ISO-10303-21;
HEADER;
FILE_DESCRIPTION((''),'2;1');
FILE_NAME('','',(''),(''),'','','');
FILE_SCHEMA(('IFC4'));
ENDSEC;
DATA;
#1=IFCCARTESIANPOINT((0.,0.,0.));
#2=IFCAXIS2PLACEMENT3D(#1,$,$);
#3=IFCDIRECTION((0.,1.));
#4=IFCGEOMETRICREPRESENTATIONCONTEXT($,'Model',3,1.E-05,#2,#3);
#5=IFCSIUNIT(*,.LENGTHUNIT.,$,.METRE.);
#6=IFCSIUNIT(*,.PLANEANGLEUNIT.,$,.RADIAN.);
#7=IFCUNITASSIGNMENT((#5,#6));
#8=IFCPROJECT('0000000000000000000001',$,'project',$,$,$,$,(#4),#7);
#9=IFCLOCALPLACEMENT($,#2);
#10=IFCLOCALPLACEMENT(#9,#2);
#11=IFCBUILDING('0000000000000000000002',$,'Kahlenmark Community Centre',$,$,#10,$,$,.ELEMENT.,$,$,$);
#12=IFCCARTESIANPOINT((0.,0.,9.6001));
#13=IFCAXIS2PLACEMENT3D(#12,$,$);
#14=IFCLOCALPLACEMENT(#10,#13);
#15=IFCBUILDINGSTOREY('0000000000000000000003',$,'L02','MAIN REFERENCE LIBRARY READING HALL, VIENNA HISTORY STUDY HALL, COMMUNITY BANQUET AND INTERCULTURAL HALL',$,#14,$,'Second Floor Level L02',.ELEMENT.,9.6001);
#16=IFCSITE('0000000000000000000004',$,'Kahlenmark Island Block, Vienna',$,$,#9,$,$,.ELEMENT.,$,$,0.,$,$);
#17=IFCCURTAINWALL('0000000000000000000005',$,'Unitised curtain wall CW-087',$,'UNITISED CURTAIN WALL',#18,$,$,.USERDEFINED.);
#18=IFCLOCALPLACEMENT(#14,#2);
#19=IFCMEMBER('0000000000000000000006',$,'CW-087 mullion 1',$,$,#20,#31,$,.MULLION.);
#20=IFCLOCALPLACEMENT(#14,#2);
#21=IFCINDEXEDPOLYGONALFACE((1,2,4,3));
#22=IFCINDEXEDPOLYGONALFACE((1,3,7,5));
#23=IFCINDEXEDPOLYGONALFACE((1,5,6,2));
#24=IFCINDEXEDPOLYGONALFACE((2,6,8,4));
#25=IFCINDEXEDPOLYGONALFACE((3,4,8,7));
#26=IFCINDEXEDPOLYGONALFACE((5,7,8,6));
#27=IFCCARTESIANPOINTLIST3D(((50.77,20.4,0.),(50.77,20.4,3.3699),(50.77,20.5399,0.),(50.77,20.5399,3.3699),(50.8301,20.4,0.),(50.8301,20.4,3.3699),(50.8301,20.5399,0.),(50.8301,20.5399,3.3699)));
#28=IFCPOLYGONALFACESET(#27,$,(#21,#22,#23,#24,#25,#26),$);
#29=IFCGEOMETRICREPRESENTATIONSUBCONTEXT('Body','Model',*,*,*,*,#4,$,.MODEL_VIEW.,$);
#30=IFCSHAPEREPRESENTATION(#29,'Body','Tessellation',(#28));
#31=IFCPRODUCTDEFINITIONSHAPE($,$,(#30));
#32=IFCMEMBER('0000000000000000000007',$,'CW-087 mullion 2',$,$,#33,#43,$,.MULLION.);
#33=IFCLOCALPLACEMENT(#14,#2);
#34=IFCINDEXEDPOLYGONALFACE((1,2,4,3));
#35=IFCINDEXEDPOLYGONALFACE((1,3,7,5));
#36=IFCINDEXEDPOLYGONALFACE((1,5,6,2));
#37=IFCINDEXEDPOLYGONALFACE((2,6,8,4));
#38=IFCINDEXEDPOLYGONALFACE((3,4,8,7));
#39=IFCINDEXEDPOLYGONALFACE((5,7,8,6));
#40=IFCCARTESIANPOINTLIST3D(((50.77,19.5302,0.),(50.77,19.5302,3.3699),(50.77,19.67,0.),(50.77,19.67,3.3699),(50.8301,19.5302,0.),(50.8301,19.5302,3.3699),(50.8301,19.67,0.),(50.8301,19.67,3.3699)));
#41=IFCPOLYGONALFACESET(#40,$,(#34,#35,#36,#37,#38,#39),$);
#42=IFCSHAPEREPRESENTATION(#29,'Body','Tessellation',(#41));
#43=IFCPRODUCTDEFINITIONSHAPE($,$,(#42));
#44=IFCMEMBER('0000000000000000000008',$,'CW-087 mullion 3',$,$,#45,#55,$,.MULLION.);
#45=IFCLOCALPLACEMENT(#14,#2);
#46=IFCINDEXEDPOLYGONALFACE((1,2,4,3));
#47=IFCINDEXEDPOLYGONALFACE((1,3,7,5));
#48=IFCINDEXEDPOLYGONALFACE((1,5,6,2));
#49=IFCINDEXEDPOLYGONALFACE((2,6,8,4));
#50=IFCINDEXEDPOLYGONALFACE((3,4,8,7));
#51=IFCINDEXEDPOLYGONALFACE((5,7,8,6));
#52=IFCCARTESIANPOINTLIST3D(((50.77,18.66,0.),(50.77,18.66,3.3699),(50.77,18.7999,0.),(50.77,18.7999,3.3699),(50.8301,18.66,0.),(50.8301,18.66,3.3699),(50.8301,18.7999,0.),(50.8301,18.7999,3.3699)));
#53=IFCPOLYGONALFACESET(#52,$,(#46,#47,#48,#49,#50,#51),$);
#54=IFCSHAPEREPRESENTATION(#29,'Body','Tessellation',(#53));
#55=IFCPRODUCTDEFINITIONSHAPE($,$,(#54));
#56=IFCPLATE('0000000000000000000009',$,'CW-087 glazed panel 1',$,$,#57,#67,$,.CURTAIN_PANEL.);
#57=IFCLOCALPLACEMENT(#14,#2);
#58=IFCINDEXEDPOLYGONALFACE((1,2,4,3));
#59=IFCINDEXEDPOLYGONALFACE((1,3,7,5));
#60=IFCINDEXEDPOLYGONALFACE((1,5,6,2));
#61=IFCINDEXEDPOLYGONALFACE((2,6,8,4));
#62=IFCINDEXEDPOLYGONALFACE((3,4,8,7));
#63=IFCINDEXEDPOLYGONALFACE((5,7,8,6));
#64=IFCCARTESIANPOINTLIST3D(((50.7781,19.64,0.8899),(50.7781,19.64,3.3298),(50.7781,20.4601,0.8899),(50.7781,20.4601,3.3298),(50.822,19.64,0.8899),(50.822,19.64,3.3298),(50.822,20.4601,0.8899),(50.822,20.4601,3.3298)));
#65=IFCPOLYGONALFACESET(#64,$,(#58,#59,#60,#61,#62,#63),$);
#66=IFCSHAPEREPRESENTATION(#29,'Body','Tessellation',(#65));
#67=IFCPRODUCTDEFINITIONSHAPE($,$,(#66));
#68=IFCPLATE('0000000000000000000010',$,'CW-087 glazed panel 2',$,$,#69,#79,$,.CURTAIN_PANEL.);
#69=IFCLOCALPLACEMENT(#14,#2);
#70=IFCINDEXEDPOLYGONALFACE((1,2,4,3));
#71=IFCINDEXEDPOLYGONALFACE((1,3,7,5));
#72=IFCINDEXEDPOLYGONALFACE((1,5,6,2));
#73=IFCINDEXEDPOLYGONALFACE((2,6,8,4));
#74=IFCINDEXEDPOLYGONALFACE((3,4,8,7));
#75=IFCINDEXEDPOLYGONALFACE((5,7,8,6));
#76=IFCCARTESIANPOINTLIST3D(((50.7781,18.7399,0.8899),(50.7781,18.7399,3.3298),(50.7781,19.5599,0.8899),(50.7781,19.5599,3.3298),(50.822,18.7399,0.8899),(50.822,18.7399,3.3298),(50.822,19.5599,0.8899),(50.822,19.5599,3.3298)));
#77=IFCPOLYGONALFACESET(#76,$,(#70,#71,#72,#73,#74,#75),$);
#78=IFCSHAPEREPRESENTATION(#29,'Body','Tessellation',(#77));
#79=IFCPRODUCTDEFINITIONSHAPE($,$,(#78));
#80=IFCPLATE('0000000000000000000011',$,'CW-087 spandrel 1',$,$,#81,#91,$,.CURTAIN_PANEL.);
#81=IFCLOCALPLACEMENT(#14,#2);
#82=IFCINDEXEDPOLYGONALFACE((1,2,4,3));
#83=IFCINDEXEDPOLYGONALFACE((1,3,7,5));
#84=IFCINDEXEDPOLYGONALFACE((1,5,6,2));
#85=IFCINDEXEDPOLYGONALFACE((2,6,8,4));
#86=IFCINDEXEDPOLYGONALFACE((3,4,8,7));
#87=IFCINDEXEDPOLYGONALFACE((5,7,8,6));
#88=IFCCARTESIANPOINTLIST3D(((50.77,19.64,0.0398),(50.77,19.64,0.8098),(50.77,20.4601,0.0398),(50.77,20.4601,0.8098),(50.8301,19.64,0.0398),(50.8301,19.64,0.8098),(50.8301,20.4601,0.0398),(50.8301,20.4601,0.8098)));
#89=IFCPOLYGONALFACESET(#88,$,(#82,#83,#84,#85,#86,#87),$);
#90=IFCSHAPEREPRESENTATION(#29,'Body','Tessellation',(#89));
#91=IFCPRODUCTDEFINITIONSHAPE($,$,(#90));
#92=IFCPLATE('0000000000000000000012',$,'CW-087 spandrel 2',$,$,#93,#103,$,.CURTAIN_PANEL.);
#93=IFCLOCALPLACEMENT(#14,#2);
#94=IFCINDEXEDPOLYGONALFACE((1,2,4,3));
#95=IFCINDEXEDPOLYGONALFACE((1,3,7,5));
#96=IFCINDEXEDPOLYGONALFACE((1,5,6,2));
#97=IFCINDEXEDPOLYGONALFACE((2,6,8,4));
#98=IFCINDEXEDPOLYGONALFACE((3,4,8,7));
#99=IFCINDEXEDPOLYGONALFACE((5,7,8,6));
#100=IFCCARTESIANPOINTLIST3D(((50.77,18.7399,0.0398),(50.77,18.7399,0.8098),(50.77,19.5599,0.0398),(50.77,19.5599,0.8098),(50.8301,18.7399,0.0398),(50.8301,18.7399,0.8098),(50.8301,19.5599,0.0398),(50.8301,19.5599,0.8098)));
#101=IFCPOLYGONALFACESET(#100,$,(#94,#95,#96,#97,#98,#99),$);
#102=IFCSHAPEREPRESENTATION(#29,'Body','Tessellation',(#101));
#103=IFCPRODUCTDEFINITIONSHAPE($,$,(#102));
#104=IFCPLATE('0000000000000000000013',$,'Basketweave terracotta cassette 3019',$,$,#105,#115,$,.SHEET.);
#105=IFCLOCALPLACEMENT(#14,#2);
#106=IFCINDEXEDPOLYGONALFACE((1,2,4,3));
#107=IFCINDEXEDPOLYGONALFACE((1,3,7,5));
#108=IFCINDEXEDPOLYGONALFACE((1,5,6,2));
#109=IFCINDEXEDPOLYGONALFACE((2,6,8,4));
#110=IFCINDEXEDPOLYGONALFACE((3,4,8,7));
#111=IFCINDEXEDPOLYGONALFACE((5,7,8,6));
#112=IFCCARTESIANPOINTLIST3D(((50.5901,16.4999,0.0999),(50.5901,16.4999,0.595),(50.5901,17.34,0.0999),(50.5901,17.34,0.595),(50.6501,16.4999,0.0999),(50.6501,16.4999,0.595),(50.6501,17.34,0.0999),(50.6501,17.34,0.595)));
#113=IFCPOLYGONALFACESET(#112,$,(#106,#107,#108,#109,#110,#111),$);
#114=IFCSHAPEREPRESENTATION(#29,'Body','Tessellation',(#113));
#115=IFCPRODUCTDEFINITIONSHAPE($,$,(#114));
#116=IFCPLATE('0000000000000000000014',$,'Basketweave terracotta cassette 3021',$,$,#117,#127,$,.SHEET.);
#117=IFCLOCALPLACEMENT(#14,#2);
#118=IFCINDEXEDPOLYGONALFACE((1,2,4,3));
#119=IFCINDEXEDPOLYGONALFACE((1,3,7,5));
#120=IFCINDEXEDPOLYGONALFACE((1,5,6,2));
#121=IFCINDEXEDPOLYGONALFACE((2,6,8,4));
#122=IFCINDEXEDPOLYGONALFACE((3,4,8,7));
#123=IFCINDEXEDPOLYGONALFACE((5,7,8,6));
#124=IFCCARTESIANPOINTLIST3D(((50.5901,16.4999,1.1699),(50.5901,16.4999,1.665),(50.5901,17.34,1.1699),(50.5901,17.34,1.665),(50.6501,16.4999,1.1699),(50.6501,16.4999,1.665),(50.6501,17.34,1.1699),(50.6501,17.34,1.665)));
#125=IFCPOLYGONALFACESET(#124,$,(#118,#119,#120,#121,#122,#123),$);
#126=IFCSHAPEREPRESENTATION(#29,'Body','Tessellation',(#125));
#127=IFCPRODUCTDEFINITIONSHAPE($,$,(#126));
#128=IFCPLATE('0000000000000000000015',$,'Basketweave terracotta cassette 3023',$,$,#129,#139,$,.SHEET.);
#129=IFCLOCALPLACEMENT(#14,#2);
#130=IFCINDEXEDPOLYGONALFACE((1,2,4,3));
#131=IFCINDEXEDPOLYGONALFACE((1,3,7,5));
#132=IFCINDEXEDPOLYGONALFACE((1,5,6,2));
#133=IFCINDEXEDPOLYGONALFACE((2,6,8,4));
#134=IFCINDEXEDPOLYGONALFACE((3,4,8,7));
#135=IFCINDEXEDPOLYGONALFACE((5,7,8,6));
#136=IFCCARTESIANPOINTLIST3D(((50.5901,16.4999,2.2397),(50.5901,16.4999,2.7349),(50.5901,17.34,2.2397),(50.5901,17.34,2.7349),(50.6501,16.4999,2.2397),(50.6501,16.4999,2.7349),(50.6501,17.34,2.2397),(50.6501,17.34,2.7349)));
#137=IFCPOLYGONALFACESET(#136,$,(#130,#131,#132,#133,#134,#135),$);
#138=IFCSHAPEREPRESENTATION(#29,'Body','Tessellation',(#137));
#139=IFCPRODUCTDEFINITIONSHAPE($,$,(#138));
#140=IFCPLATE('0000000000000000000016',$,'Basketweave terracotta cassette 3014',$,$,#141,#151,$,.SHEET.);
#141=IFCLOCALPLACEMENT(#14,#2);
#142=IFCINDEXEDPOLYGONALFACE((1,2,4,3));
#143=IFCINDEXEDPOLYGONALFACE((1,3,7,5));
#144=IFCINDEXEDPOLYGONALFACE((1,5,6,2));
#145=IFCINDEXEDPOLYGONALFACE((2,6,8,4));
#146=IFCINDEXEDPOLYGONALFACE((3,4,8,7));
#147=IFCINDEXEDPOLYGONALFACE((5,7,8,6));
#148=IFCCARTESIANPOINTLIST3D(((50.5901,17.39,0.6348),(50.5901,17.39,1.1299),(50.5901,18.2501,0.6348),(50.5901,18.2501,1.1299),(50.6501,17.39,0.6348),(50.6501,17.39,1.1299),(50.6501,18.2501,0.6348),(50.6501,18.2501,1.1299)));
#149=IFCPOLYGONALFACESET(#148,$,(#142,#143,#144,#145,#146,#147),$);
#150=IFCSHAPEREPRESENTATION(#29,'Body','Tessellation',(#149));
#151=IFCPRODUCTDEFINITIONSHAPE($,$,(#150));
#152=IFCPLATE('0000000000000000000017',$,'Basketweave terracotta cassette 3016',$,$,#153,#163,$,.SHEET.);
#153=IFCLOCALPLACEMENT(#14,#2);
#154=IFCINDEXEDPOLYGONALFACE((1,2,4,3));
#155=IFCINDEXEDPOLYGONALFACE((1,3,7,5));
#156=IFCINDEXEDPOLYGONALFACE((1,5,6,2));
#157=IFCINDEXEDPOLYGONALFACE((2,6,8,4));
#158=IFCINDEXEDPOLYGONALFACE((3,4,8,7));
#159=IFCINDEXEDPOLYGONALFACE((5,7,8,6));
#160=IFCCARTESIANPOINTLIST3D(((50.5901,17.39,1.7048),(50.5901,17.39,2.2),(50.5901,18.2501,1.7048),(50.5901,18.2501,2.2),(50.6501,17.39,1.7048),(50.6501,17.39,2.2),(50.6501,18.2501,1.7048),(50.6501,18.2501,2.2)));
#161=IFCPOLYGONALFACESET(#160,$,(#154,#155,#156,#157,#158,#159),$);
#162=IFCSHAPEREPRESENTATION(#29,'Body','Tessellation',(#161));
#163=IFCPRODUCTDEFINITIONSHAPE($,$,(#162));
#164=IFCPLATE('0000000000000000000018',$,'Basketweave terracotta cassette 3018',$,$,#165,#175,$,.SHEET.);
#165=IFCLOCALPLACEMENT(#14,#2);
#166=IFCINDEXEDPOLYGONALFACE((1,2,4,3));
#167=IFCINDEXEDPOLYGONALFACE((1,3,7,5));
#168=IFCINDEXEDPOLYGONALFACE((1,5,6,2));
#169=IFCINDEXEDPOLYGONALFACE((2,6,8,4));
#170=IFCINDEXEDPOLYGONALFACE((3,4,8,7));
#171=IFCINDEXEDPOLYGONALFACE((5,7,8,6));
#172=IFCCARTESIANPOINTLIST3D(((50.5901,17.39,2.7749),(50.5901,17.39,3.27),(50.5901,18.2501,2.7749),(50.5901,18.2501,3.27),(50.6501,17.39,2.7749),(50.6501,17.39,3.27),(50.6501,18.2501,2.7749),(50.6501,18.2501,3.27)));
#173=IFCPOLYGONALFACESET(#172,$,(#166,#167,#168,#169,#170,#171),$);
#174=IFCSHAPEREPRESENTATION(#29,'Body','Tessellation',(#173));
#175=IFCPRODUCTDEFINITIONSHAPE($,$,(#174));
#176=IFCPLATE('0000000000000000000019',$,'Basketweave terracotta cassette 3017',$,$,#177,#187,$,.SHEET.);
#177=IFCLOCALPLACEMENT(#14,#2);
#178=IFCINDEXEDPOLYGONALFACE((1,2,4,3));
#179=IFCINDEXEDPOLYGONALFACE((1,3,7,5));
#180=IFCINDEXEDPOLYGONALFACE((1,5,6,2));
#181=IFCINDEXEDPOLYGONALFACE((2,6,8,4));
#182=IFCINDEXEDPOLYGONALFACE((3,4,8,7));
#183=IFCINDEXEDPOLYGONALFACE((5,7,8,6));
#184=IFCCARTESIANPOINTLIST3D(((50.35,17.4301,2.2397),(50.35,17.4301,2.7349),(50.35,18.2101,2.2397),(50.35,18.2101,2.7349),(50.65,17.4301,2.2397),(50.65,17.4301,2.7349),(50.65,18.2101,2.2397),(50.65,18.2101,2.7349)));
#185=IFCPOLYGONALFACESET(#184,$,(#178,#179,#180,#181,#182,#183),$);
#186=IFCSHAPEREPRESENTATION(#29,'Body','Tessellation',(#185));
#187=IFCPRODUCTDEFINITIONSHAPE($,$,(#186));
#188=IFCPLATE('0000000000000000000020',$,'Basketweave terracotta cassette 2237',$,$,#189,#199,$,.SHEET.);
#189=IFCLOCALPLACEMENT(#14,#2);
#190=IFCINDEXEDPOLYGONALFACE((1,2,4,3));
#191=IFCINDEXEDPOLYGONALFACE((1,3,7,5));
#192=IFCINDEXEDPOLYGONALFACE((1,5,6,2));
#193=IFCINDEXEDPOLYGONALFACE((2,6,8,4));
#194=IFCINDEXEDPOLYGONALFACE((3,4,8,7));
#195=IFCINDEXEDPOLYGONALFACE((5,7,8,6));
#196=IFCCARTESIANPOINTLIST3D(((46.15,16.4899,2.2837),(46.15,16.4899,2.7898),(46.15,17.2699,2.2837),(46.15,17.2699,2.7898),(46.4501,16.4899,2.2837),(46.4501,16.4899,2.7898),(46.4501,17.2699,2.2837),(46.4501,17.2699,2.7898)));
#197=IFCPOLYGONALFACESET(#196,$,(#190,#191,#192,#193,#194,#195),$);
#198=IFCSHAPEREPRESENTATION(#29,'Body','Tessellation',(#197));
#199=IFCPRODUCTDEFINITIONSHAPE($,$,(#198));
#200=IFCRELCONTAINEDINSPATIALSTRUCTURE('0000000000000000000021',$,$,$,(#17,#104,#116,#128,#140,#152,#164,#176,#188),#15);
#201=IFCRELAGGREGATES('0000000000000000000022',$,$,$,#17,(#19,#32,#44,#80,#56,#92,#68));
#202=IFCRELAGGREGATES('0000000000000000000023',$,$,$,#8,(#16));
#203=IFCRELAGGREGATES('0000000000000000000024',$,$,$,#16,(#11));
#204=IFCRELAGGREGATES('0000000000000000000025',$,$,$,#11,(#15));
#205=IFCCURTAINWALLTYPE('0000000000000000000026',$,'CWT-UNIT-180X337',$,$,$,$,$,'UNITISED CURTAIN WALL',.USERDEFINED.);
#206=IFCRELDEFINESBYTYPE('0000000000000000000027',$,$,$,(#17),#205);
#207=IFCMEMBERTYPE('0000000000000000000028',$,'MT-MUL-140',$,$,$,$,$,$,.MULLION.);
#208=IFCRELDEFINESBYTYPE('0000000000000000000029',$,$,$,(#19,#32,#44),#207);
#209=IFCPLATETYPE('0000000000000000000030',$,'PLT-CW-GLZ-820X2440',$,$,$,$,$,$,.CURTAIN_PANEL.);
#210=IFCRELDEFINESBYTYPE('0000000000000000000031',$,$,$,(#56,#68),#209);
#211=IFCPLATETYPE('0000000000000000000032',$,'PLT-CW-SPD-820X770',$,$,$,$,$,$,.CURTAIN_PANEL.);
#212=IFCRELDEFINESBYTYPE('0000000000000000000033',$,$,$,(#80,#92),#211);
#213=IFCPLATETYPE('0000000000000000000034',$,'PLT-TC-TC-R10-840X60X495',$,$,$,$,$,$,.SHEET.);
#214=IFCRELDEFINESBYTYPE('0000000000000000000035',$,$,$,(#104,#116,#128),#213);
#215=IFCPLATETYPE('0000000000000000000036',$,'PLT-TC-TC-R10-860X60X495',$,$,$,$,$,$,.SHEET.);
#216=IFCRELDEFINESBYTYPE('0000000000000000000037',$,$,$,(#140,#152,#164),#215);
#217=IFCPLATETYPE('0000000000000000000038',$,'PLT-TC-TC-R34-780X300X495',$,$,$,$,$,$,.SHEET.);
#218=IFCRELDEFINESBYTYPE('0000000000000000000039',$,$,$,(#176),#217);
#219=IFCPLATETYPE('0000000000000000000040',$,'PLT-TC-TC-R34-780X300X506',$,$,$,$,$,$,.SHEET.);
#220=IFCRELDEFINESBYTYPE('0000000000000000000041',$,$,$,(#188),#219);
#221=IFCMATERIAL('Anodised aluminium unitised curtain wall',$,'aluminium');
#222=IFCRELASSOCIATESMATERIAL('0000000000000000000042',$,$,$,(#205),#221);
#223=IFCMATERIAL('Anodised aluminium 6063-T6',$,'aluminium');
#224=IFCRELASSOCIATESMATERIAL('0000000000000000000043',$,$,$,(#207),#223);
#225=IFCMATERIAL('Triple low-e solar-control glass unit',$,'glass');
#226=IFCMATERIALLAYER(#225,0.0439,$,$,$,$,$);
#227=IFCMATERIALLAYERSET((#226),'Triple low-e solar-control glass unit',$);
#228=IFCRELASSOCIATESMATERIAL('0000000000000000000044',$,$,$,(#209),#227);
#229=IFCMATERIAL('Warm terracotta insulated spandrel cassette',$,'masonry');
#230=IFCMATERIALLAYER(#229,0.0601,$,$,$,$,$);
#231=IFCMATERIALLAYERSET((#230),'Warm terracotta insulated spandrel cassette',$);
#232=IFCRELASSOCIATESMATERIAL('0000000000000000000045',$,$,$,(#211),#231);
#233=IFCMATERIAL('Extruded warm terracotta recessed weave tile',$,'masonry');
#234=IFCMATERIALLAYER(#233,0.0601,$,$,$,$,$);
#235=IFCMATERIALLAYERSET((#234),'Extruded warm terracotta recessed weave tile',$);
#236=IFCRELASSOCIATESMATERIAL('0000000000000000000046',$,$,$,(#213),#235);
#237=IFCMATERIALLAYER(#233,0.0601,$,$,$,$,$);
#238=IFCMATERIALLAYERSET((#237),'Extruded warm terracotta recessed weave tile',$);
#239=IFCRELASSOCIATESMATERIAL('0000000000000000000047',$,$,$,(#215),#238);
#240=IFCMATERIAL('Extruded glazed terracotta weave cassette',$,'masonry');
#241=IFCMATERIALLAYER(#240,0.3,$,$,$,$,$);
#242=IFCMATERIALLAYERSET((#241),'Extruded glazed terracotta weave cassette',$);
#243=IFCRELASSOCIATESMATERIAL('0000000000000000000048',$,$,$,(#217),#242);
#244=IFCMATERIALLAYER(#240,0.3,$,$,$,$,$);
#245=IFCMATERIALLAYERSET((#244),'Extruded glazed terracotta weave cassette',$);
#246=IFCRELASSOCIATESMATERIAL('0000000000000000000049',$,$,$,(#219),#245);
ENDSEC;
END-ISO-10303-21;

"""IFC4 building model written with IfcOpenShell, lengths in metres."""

from ifc_helpers import new_model, si_unit, direction, frame, origin, origin_2d, place, context, subcontext, project, spatial, rectangle, extrude, material, layer, layer_set, material_profile, profile_set, type_object, element, aggregate, save


model = new_model("IFC4")

# Units and contexts
model_context = context("Model", 3, precision=1e-05, world=origin(), true_north=direction((0.0, 1.0)))
body_context = subcontext(model_context, "Body", "Model", "MODEL_VIEW")
ifc_project = project(units=[si_unit("LENGTHUNIT", "METRE"), si_unit("PLANEANGLEUNIT", "RADIAN")], contexts=[model_context])

# Site, building, storey
site_placement = place(None, origin())
site = spatial("IfcSite", under=ifc_project, at=site_placement, Name="Kahlenmark Island Block, Vienna", CompositionType="ELEMENT", RefElevation=0.0)
building_placement = place(site_placement, origin())
building = spatial("IfcBuilding", under=site, at=building_placement, Name="Kahlenmark Community Centre", CompositionType="ELEMENT")
storey_placement = place(building_placement, frame((0.0, 0.0, 9.6001)))
storey = spatial("IfcBuildingStorey", under=building, at=storey_placement, Name="L02", Description="MAIN REFERENCE LIBRARY READING HALL, VIENNA HISTORY STUDY HALL, COMMUNITY BANQUET AND INTERCULTURAL HALL", LongName="Second Floor Level L02", CompositionType="ELEMENT", Elevation=9.6001)

# Curtain wall, members, plates
ifc_material_1 = material(Name="Anodised aluminium unitised curtain wall", Category="aluminium")
curtain_wall_type = type_object("IfcCurtainWallType", Name="CWT-UNIT-180X337", ElementType="UNITISED CURTAIN WALL", PredefinedType="USERDEFINED", material=ifc_material_1)
curtain_wall_placement = place(storey_placement, origin())
curtain_wall = element("IfcCurtainWall", 1, at=curtain_wall_placement, inside=storey, type_object=curtain_wall_type, Name="Unitised curtain wall CW-087", ObjectType="UNITISED CURTAIN WALL", PredefinedType="USERDEFINED")
ifc_material_2 = material(Name="Anodised aluminium 6063-T6", Category="aluminium")
ifc_material_profile = material_profile(ifc_material_2, rectangle(XDim=0.0601, YDim=0.1399, at=origin_2d()), Name="ALU MULLION 60x140")
ifc_profile_set = profile_set([ifc_material_profile], Name="Anodised aluminium 6063-T6")
member_type = type_object("IfcMemberType", Name="MT-MUL-140", PredefinedType="MULLION", material=ifc_profile_set)
member_1_placement = place(storey_placement, frame((50.8, 20.47, 0.0), z_axis=(0.0, 0.0, 1.0), x_axis=(1.0, 0.0, 0.0)))
member_1 = element("IfcMember", 2, at=member_1_placement, type_object=member_type, Name="CW-087 mullion 1", PredefinedType="MULLION", context=body_context, shape_type="SweptSolid", body=[
    extrude(rectangle(XDim=0.0601, YDim=0.1399, at=origin_2d()), origin(), (0.0, 0.0, 1.0), 3.3699),
])
member_2_placement = place(storey_placement, frame((50.8, 19.6001, 0.0), z_axis=(0.0, 0.0, 1.0), x_axis=(1.0, 0.0, 0.0)))
member_2 = element("IfcMember", 3, at=member_2_placement, type_object=member_type, Name="CW-087 mullion 2", PredefinedType="MULLION", context=body_context, shape_type="SweptSolid", body=[
    extrude(rectangle(XDim=0.0601, YDim=0.1399, at=origin_2d()), origin(), (0.0, 0.0, 1.0), 3.3699),
])
member_3_placement = place(storey_placement, frame((50.8, 18.73, 0.0), z_axis=(0.0, 0.0, 1.0), x_axis=(1.0, 0.0, 0.0)))
member_3 = element("IfcMember", 4, at=member_3_placement, type_object=member_type, Name="CW-087 mullion 3", PredefinedType="MULLION", context=body_context, shape_type="SweptSolid", body=[
    extrude(rectangle(XDim=0.0601, YDim=0.1399, at=origin_2d()), origin(), (0.0, 0.0, 1.0), 3.3699),
])
ifc_material_3 = material(Name="Triple low-e solar-control glass unit", Category="glass")
ifc_layer_1 = layer(ifc_material_3, 0.0439)
ifc_layer_set_1 = layer_set([ifc_layer_1], Name="Triple low-e solar-control glass unit")
plate_type_1 = type_object("IfcPlateType", Name="PLT-CW-GLZ-820X2440", PredefinedType="CURTAIN_PANEL", material=ifc_layer_set_1)
plate_1_placement = place(storey_placement, frame((50.8, 20.05, 0.8899), z_axis=(0.0, 0.0, 1.0), x_axis=(0.0, -1.0, 0.0)))
plate_1 = element("IfcPlate", 5, at=plate_1_placement, type_object=plate_type_1, Name="CW-087 glazed panel 1", PredefinedType="CURTAIN_PANEL", context=body_context, shape_type="SweptSolid", body=[
    extrude(rectangle(XDim=0.8201, YDim=0.0439, at=origin_2d()), origin(), (0.0, 0.0, 1.0), 2.4399),
])
plate_2_placement = place(storey_placement, frame((50.8, 19.1499, 0.8899), z_axis=(0.0, 0.0, 1.0), x_axis=(0.0, -1.0, 0.0)))
plate_2 = element("IfcPlate", 6, at=plate_2_placement, type_object=plate_type_1, Name="CW-087 glazed panel 2", PredefinedType="CURTAIN_PANEL", context=body_context, shape_type="SweptSolid", body=[
    extrude(rectangle(XDim=0.8201, YDim=0.0439, at=origin_2d()), origin(), (0.0, 0.0, 1.0), 2.4399),
])
ifc_material_4 = material(Name="Warm terracotta insulated spandrel cassette", Category="masonry")
ifc_layer_2 = layer(ifc_material_4, 0.0601)
ifc_layer_set_2 = layer_set([ifc_layer_2], Name="Warm terracotta insulated spandrel cassette")
plate_type_2 = type_object("IfcPlateType", Name="PLT-CW-SPD-820X770", PredefinedType="CURTAIN_PANEL", material=ifc_layer_set_2)
plate_3_placement = place(storey_placement, frame((50.8, 20.05, 0.0398), z_axis=(0.0, 0.0, 1.0), x_axis=(0.0, -1.0, 0.0)))
plate_3 = element("IfcPlate", 7, at=plate_3_placement, type_object=plate_type_2, Name="CW-087 spandrel 1", PredefinedType="CURTAIN_PANEL", context=body_context, shape_type="SweptSolid", body=[
    extrude(rectangle(XDim=0.8201, YDim=0.0601, at=origin_2d()), origin(), (0.0, 0.0, 1.0), 0.77),
])
plate_4_placement = place(storey_placement, frame((50.8, 19.1499, 0.0398), z_axis=(0.0, 0.0, 1.0), x_axis=(0.0, -1.0, 0.0)))
plate_4 = element("IfcPlate", 8, at=plate_4_placement, type_object=plate_type_2, Name="CW-087 spandrel 2", PredefinedType="CURTAIN_PANEL", context=body_context, shape_type="SweptSolid", body=[
    extrude(rectangle(XDim=0.8201, YDim=0.0601, at=origin_2d()), origin(), (0.0, 0.0, 1.0), 0.77),
])
aggregate(curtain_wall, [member_1, member_2, member_3, plate_3, plate_1, plate_4, plate_2])

# Plates
ifc_material_5 = material(Name="Extruded warm terracotta recessed weave tile", Category="masonry")
ifc_layer_3 = layer(ifc_material_5, 0.0601)
ifc_layer_set_3 = layer_set([ifc_layer_3], Name="Extruded warm terracotta recessed weave tile")
plate_type_3 = type_object("IfcPlateType", Name="PLT-TC-TC-R10-840X60X495", PredefinedType="SHEET", material=ifc_layer_set_3)
for number, where, z_axis, x_axis, name in (
    (9, (50.6201, 16.9199, 0.0999), (0.0, 0.0, 1.0), (0.0, -1.0, 0.0), "Basketweave terracotta cassette 3019"),
    (10, (50.6201, 16.9199, 1.1699), (0.0, 0.0, 1.0), (0.0, -1.0, 0.0), "Basketweave terracotta cassette 3021"),
    (11, (50.6201, 16.9199, 2.2397), (0.0, 0.0, 1.0), (0.0, -1.0, 0.0), "Basketweave terracotta cassette 3023"),
):
    element("IfcPlate", number, at=place(storey_placement, frame(where, z_axis=z_axis, x_axis=x_axis)), inside=storey, type_object=plate_type_3, Name=name, PredefinedType="SHEET", context=body_context, shape_type="SweptSolid", body=[
        extrude(rectangle(XDim=0.8401, YDim=0.0601, at=origin_2d()), origin(), (0.0, 0.0, 1.0), 0.4951),
    ])
ifc_layer_4 = layer(ifc_material_5, 0.0601)
ifc_layer_set_4 = layer_set([ifc_layer_4], Name="Extruded warm terracotta recessed weave tile")
plate_type_4 = type_object("IfcPlateType", Name="PLT-TC-TC-R10-860X60X495", PredefinedType="SHEET", material=ifc_layer_set_4)
for number, where, z_axis, x_axis, name in (
    (12, (50.6201, 17.8201, 0.6348), (0.0, 0.0, 1.0), (0.0, -1.0, 0.0), "Basketweave terracotta cassette 3014"),
    (13, (50.6201, 17.8201, 1.7048), (0.0, 0.0, 1.0), (0.0, -1.0, 0.0), "Basketweave terracotta cassette 3016"),
    (14, (50.6201, 17.8201, 2.7749), (0.0, 0.0, 1.0), (0.0, -1.0, 0.0), "Basketweave terracotta cassette 3018"),
):
    element("IfcPlate", number, at=place(storey_placement, frame(where, z_axis=z_axis, x_axis=x_axis)), inside=storey, type_object=plate_type_4, Name=name, PredefinedType="SHEET", context=body_context, shape_type="SweptSolid", body=[
        extrude(rectangle(XDim=0.8601, YDim=0.0601, at=origin_2d()), origin(), (0.0, 0.0, 1.0), 0.4951),
    ])
ifc_material_6 = material(Name="Extruded glazed terracotta weave cassette", Category="masonry")
ifc_layer_5 = layer(ifc_material_6, 0.3)
ifc_layer_set_5 = layer_set([ifc_layer_5], Name="Extruded glazed terracotta weave cassette")
plate_type_5 = type_object("IfcPlateType", Name="PLT-TC-TC-R34-780X300X495", PredefinedType="SHEET", material=ifc_layer_set_5)
plate_5_placement = place(storey_placement, frame((50.5, 17.8201, 2.2397), z_axis=(0.0, 0.0, 1.0), x_axis=(0.0, -1.0, 0.0)))
element("IfcPlate", 15, at=plate_5_placement, inside=storey, type_object=plate_type_5, Name="Basketweave terracotta cassette 3017", PredefinedType="SHEET", context=body_context, shape_type="SweptSolid", body=[
    extrude(rectangle(XDim=0.78, YDim=0.3, at=origin_2d()), origin(), (0.0, 0.0, 1.0), 0.4951),
])
ifc_layer_6 = layer(ifc_material_6, 0.3)
ifc_layer_set_6 = layer_set([ifc_layer_6], Name="Extruded glazed terracotta weave cassette")
plate_type_6 = type_object("IfcPlateType", Name="PLT-TC-TC-R34-780X300X506", PredefinedType="SHEET", material=ifc_layer_set_6)
plate_6_placement = place(storey_placement, frame((46.3, 16.8799, 2.2837), z_axis=(0.0, 0.0, 1.0), x_axis=(0.0, 1.0, 0.0)))
element("IfcPlate", 16, at=plate_6_placement, inside=storey, type_object=plate_type_6, Name="Basketweave terracotta cassette 2237", PredefinedType="SHEET", context=body_context, shape_type="SweptSolid", body=[
    extrude(rectangle(XDim=0.78, YDim=0.3, at=origin_2d()), origin(), (0.0, 0.0, 1.0), 0.5061),
])

save(model, "model.ifc")
